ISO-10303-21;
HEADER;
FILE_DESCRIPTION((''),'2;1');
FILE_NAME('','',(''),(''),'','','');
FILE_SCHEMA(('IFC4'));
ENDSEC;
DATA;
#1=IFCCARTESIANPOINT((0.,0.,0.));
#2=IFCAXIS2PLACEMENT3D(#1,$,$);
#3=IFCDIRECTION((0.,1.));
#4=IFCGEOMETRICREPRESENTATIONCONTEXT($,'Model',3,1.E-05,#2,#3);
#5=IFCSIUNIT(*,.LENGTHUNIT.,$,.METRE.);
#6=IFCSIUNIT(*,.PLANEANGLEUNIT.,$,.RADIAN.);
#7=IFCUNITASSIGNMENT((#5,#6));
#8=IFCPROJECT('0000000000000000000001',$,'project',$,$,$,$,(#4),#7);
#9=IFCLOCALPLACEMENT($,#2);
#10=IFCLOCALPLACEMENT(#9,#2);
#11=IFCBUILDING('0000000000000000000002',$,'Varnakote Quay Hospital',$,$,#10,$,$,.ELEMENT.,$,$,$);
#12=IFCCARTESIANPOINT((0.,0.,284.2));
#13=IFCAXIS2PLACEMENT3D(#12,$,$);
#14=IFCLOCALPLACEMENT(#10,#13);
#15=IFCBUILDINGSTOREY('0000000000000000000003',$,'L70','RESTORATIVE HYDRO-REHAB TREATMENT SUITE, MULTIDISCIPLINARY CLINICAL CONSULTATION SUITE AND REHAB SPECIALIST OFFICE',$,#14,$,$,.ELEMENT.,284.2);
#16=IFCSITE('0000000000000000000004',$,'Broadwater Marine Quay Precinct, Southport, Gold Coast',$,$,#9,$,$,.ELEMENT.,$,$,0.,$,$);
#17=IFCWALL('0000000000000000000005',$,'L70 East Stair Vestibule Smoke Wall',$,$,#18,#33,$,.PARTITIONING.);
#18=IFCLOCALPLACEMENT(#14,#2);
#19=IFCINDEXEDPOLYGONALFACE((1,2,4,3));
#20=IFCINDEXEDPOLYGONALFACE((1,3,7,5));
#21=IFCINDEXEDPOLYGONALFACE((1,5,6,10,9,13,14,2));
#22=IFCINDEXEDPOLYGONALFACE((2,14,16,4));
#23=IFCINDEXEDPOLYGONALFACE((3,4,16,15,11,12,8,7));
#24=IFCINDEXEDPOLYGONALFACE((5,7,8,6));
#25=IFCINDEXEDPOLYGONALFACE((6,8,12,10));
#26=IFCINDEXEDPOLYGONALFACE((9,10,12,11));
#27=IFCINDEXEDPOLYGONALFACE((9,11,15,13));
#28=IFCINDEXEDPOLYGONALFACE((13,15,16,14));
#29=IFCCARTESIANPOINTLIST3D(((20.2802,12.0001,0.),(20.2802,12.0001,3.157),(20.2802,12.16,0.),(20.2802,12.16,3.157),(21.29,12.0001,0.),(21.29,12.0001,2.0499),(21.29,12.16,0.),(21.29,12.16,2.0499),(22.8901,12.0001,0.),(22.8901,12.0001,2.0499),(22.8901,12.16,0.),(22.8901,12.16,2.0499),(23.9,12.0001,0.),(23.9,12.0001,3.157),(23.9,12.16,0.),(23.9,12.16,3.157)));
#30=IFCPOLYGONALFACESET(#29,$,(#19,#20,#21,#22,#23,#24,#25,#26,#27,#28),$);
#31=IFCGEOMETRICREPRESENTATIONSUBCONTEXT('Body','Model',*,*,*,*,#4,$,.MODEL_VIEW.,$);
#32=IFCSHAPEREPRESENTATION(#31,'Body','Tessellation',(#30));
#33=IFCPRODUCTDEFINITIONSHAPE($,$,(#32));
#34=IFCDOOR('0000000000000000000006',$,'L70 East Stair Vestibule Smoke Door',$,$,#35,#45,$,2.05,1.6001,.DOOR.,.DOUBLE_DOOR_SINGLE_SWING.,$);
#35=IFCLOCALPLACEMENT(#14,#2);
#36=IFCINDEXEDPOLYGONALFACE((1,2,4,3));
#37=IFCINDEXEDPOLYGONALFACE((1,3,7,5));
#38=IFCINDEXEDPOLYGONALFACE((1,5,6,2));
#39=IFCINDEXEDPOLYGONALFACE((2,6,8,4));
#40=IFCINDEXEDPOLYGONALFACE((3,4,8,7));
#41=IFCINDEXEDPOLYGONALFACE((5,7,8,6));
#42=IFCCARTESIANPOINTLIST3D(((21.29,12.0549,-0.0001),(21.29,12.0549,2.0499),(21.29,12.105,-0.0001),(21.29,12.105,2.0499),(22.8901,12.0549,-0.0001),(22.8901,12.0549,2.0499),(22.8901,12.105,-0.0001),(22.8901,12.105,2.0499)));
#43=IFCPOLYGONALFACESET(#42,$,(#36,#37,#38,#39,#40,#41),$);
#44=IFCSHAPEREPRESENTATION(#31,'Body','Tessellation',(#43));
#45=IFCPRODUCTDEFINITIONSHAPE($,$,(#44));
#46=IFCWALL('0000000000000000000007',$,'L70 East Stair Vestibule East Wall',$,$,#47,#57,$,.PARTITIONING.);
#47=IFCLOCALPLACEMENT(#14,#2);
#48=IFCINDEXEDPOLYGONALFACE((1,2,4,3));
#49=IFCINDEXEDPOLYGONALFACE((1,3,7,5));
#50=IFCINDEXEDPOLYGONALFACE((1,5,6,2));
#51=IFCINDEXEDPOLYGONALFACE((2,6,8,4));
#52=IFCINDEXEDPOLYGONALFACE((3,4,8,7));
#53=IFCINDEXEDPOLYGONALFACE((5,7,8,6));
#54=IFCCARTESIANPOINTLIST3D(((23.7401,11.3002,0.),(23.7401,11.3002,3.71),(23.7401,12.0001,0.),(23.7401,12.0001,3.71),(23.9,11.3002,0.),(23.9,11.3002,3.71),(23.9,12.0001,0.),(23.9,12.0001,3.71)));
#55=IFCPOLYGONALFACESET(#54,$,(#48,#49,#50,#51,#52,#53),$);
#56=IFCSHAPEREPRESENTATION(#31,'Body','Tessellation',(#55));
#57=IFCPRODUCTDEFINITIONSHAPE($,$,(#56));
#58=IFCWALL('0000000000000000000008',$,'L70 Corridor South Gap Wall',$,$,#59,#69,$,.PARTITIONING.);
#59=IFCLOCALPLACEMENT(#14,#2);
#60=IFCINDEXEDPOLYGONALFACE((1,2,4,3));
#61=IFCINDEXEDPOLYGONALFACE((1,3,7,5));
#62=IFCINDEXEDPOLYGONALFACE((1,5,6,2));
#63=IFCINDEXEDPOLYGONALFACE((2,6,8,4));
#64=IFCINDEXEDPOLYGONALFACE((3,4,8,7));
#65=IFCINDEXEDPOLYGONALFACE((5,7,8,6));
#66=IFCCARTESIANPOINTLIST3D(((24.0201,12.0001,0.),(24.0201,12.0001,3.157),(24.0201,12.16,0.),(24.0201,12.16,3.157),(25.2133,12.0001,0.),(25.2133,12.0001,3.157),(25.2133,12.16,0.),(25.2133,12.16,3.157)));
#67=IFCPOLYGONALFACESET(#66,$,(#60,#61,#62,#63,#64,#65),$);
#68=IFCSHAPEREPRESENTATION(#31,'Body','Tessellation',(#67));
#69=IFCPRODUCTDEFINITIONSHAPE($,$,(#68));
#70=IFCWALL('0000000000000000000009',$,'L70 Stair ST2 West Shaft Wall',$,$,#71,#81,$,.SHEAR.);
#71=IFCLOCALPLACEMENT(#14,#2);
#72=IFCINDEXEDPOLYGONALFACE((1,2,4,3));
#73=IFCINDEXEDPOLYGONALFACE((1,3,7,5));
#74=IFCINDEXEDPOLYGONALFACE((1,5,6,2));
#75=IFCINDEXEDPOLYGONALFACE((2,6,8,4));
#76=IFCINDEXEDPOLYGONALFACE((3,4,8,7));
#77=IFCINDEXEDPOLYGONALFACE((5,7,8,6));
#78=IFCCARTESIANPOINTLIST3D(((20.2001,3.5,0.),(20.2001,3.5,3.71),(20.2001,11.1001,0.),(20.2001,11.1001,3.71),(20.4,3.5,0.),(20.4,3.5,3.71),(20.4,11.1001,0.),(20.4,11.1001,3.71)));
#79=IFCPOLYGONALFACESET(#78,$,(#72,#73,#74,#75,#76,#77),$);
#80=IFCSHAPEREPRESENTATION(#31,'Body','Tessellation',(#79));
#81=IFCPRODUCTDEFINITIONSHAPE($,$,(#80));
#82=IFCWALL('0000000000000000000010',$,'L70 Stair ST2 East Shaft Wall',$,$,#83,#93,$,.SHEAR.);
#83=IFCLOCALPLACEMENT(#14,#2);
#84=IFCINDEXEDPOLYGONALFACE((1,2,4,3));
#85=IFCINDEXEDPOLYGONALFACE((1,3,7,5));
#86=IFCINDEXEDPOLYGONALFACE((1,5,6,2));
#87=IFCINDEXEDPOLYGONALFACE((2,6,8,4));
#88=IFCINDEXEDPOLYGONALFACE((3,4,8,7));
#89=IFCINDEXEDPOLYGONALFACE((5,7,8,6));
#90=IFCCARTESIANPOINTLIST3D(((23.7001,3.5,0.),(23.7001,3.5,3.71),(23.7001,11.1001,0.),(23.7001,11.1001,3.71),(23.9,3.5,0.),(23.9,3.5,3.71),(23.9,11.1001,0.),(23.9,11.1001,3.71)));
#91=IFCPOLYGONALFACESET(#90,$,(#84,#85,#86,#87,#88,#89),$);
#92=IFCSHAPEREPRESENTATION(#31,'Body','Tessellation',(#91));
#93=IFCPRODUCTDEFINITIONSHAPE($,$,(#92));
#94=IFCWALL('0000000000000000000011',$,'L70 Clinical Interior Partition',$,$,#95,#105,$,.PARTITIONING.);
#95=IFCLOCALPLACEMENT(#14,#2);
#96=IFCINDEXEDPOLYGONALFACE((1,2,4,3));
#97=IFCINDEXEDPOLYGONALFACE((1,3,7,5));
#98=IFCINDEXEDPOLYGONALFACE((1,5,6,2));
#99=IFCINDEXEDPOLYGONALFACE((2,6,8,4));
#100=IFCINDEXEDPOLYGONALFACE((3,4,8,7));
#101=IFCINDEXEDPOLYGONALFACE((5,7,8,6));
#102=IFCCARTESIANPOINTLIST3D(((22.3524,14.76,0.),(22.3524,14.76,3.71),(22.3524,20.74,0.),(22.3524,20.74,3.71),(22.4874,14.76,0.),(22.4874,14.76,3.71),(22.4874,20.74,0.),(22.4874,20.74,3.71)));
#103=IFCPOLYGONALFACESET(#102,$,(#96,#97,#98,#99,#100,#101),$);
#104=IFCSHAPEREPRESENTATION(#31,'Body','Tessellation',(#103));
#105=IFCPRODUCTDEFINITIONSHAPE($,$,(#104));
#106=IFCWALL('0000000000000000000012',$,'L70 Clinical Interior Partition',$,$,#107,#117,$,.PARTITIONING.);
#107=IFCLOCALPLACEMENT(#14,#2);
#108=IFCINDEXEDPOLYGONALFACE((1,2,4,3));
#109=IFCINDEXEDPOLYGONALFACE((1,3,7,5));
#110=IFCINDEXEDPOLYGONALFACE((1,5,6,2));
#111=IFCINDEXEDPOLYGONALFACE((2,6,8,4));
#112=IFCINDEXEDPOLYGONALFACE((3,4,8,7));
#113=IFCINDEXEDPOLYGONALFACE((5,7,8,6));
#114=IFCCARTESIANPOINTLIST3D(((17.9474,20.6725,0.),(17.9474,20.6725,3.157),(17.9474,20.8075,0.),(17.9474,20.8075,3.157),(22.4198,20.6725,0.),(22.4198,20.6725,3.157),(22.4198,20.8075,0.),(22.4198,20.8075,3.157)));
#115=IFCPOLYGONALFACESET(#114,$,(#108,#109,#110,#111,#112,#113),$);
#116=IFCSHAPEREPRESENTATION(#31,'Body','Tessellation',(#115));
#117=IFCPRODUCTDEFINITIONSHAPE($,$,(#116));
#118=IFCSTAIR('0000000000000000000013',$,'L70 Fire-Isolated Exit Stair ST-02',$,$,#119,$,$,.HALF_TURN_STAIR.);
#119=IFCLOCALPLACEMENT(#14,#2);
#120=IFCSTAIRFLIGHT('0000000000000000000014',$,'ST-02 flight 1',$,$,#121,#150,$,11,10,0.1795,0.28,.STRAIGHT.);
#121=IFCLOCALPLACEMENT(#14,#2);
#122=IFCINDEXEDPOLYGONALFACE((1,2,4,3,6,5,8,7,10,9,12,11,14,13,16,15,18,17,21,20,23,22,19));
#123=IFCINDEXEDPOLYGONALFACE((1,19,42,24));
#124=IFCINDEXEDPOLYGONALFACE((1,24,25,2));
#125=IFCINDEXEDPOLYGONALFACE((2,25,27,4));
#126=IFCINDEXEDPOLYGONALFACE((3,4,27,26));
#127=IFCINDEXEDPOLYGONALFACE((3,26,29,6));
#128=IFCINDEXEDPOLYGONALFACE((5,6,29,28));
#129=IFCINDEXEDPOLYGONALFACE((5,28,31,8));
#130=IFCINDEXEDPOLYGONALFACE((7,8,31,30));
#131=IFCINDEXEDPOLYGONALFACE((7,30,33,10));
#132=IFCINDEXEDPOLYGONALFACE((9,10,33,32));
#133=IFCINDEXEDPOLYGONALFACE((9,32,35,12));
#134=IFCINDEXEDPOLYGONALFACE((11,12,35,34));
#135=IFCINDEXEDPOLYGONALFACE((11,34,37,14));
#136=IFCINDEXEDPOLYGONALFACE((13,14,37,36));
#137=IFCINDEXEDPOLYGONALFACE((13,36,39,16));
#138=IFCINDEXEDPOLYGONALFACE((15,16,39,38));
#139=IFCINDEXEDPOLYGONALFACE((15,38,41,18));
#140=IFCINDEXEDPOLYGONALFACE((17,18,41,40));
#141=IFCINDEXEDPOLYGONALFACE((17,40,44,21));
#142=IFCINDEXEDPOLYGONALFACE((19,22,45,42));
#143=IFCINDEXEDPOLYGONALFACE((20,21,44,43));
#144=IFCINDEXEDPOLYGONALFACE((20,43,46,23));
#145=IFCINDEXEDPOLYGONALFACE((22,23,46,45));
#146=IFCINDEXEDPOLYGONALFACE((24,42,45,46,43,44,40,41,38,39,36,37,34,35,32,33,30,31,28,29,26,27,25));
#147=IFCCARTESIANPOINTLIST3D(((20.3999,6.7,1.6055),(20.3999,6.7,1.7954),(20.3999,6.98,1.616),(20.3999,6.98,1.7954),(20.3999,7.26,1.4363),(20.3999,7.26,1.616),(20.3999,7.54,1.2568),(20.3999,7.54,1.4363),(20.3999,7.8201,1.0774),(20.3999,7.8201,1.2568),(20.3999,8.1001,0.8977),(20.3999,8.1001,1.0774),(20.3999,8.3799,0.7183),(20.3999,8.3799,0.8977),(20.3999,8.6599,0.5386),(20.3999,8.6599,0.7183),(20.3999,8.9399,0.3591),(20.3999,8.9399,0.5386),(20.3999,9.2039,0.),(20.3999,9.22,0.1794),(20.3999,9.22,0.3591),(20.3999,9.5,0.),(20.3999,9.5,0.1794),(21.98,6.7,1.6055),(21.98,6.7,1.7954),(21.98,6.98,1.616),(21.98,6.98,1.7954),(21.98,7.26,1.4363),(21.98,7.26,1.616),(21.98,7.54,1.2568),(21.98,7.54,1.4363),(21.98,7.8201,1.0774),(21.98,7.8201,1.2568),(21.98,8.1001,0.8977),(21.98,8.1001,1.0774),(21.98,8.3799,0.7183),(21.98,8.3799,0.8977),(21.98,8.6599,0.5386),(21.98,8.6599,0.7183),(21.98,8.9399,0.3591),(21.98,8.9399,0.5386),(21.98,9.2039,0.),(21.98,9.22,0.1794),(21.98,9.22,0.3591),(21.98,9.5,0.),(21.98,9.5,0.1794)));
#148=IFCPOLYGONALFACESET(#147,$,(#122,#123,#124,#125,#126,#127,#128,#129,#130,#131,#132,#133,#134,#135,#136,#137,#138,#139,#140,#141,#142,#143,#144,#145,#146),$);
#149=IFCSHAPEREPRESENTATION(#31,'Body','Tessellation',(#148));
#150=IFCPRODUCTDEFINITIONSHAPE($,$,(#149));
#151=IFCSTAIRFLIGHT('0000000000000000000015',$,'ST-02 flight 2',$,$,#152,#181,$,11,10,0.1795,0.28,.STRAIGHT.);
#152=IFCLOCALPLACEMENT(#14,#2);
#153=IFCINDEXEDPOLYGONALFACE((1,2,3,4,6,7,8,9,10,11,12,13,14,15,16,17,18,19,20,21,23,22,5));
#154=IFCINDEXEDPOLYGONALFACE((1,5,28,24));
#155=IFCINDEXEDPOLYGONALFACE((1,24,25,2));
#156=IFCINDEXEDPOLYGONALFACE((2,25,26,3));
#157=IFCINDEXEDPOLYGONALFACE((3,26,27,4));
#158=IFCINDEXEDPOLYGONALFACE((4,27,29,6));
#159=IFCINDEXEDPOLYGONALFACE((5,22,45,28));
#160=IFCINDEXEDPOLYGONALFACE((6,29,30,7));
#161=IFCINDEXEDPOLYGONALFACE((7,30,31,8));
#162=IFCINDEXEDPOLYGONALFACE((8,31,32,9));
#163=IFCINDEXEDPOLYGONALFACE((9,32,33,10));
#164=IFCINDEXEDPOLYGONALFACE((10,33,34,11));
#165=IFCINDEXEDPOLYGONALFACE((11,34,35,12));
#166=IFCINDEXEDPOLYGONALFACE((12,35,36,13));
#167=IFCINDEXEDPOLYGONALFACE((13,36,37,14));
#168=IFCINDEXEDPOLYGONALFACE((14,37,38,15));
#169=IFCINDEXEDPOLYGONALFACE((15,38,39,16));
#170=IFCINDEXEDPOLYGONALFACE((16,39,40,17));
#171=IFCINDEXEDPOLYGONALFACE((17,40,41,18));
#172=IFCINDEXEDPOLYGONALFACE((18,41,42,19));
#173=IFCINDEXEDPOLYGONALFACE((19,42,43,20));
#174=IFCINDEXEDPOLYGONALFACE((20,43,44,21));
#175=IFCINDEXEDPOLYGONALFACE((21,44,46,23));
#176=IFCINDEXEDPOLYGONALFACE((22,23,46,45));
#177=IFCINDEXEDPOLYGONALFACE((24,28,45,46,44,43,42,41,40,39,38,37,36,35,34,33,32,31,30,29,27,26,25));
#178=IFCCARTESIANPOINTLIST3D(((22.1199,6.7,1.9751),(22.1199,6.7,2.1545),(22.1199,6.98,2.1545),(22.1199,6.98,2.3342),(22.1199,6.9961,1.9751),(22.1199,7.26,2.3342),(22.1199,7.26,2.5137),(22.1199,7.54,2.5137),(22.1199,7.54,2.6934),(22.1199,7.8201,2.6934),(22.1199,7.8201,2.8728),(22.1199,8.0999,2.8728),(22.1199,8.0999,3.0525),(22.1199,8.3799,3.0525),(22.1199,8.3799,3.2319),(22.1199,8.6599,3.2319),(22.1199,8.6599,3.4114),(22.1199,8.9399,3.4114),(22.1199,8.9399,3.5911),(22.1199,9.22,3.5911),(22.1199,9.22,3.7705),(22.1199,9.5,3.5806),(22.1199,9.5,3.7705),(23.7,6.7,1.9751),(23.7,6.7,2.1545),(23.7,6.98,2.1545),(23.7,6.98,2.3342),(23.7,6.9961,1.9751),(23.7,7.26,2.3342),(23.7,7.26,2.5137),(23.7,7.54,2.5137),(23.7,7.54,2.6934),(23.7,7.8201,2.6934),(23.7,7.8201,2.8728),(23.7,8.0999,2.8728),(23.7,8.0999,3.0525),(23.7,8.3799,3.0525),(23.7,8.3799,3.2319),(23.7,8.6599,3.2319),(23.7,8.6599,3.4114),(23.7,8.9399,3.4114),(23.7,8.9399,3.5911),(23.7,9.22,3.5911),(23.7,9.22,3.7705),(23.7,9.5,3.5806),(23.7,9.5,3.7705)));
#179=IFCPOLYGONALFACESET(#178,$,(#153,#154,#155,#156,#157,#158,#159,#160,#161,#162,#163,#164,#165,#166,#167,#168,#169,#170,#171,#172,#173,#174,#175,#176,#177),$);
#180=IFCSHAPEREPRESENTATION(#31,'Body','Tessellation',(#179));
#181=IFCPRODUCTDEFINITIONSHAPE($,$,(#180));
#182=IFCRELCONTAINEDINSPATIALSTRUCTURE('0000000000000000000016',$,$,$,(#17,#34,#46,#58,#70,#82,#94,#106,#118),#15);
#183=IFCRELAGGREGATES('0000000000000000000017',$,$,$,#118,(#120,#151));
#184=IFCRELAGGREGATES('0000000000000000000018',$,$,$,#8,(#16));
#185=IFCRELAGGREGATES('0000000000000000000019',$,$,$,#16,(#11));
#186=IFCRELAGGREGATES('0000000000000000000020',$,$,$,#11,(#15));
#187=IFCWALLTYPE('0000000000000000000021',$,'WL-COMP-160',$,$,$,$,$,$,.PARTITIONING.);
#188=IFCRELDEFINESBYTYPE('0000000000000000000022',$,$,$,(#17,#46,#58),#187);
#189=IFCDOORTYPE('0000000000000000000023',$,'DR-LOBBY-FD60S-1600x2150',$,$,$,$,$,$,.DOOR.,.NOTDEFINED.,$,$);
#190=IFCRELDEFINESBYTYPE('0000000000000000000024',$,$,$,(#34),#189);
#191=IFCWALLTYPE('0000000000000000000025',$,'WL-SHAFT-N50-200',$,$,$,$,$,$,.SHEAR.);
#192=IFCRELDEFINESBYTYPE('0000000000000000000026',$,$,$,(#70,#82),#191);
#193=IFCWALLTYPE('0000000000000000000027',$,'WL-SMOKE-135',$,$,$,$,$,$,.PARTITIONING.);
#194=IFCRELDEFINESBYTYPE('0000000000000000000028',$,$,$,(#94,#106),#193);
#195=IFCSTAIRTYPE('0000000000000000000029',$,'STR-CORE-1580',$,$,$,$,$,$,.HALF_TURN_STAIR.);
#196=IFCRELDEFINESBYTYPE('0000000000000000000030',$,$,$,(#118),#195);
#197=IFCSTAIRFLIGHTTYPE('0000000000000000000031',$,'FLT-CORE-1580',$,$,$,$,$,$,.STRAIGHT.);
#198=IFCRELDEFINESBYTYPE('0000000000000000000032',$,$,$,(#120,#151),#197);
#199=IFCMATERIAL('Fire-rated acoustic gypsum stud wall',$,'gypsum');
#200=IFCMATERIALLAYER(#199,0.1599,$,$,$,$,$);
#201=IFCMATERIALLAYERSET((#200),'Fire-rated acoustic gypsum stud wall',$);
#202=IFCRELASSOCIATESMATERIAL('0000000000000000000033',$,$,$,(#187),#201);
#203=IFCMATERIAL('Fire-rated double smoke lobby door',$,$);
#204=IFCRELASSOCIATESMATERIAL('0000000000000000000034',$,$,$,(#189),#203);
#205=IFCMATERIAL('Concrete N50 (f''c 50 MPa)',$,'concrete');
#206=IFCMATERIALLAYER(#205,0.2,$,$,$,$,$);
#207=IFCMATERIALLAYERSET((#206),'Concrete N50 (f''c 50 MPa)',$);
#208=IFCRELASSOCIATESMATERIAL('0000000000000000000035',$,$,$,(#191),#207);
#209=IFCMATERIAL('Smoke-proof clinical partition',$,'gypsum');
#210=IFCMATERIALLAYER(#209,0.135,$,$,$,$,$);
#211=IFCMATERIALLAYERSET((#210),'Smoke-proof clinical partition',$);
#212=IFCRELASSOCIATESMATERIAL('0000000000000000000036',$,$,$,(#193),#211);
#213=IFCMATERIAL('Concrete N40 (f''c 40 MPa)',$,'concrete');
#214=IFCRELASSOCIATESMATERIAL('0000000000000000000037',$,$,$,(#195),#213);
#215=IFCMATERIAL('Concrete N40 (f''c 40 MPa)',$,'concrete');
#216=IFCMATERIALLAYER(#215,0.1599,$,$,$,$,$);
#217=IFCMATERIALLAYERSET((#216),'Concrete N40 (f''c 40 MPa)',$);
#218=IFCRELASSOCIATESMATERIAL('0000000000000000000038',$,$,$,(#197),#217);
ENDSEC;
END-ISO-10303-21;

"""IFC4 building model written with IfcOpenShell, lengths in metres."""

from ifc_helpers import new_model, si_unit, direction, frame, frame_2d, origin, place, context, subcontext, project, spatial, polyline, rectangle, outline, extrude, material, layer, layer_set, type_object, element, fill, aggregate, save


model = new_model("IFC4")

# Units and contexts
model_context = context("Model", 3, precision=1e-05, world=origin(), true_north=direction((0.0, 1.0)))
body_context = subcontext(model_context, "Body", "Model", "MODEL_VIEW")
ifc_project = project(units=[si_unit("LENGTHUNIT", "METRE"), si_unit("PLANEANGLEUNIT", "RADIAN")], contexts=[model_context])

# Site, building, storey
site_placement = place(None, origin())
site = spatial("IfcSite", under=ifc_project, at=site_placement, Name="Broadwater Marine Quay Precinct, Southport, Gold Coast", CompositionType="ELEMENT", RefElevation=0.0)
building_placement = place(site_placement, origin())
building = spatial("IfcBuilding", under=site, at=building_placement, Name="Varnakote Quay Hospital", CompositionType="ELEMENT")
storey_placement = place(building_placement, frame((0.0, 0.0, 284.2)))
storey = spatial("IfcBuildingStorey", under=building, at=storey_placement, Name="L70", Description="RESTORATIVE HYDRO-REHAB TREATMENT SUITE, MULTIDISCIPLINARY CLINICAL CONSULTATION SUITE AND REHAB SPECIALIST OFFICE", CompositionType="ELEMENT", Elevation=284.2)

# Shared definitions
ifc_material_1 = material(Name="Fire-rated acoustic gypsum stud wall", Category="gypsum")
ifc_layer_1 = layer(ifc_material_1, 0.1599)
ifc_layer_set_1 = layer_set([ifc_layer_1], Name="Fire-rated acoustic gypsum stud wall")
wall_type_1 = type_object("IfcWallType", Name="WL-COMP-160", PredefinedType="PARTITIONING", material=ifc_layer_set_1)

# Wall, opening, door
wall_1_placement = place(storey_placement, frame((20.28, 12.0801, 0.0), z_axis=(0.0, 0.0, 1.0), x_axis=(1.0, 0.0, 0.0)))
wall_1 = element("IfcWall", 1, at=wall_1_placement, inside=storey, type_object=wall_type_1, Name="L70 East Stair Vestibule Smoke Wall", PredefinedType="PARTITIONING", context=body_context, shape_type="SweptSolid", body=[
    extrude(rectangle(XDim=3.6199, YDim=0.1599, at=frame_2d((1.8101, 0.0))), origin(), (0.0, 0.0, 1.0), 3.157),
])
opening_1_placement = place(wall_1_placement, frame((1.01, 0.0, 0.0)))
opening_1 = element("IfcOpeningElement", 2, at=opening_1_placement, cuts=wall_1, PredefinedType="OPENING", context=body_context, shape_type="SweptSolid", body=[
    extrude(rectangle(XDim=1.6001, YDim=2.05, at=frame_2d((0.8, 1.0249))), frame((0.0, 0.0898, 0.0), z_axis=(0.0, -1.0, 0.0), x_axis=(1.0, 0.0, 0.0)), (0.0, 0.0, 1.0), 0.1799),
])
ifc_material_2 = material(Name="Fire-rated double smoke lobby door")
door_type_1 = type_object("IfcDoorType", Name="DR-LOBBY-FD60S-1600x2150", OperationType="NOTDEFINED", PredefinedType="DOOR", material=ifc_material_2)
door_1_placement = place(opening_1_placement, origin())
door_1 = element("IfcDoor", 3, at=door_1_placement, inside=storey, type_object=door_type_1, Name="L70 East Stair Vestibule Smoke Door", OperationType="DOUBLE_DOOR_SINGLE_SWING", OverallHeight=2.05, OverallWidth=1.6001, PredefinedType="DOOR", context=body_context, shape_type="SweptSolid", body=[
    extrude(rectangle(XDim=1.6001, YDim=2.05, at=frame_2d((0.8, 1.0249))), frame((0.0, 0.0249, 0.0), z_axis=(0.0, -1.0, 0.0), x_axis=(1.0, 0.0, 0.0)), (0.0, 0.0, 1.0), 0.05),
])
fill(opening_1, door_1)

# Walls
wall_2_placement = place(storey_placement, frame((23.8201, 11.3, 0.0), z_axis=(0.0, 0.0, 1.0), x_axis=(0.0, 1.0, 0.0)))
element("IfcWall", 4, at=wall_2_placement, inside=storey, type_object=wall_type_1, Name="L70 East Stair Vestibule East Wall", PredefinedType="PARTITIONING", context=body_context, shape_type="SweptSolid", body=[
    extrude(rectangle(XDim=0.7, YDim=0.1599, at=frame_2d((0.3501, 0.0))), origin(), (0.0, 0.0, 1.0), 3.71),
])
wall_3_placement = place(storey_placement, frame((24.02, 12.0801, 0.0), z_axis=(0.0, 0.0, 1.0), x_axis=(1.0, 0.0, 0.0)))
element("IfcWall", 5, at=wall_3_placement, inside=storey, type_object=wall_type_1, Name="L70 Corridor South Gap Wall", PredefinedType="PARTITIONING", context=body_context, shape_type="SweptSolid", body=[
    extrude(rectangle(XDim=1.1931, YDim=0.1599, at=frame_2d((0.5967, 0.0))), origin(), (0.0, 0.0, 1.0), 3.157),
])
ifc_material_3 = material(Name="Concrete N50 (f'c 50 MPa)", Category="concrete")
ifc_layer_2 = layer(ifc_material_3, 0.2)
ifc_layer_set_2 = layer_set([ifc_layer_2], Name="Concrete N50 (f'c 50 MPa)")
wall_type_2 = type_object("IfcWallType", Name="WL-SHAFT-N50-200", PredefinedType="SHEAR", material=ifc_layer_set_2)
for number, where, z_axis, x_axis, name in (
    (6, (20.3, 3.5, 0.0), (0.0, 0.0, 1.0), (0.0, 1.0, 0.0), "L70 Stair ST2 West Shaft Wall"),
    (7, (23.8, 3.5, 0.0), (0.0, 0.0, 1.0), (0.0, 1.0, 0.0), "L70 Stair ST2 East Shaft Wall"),
):
    element("IfcWall", number, at=place(storey_placement, frame(where, z_axis=z_axis, x_axis=x_axis)), inside=storey, type_object=wall_type_2, Name=name, PredefinedType="SHEAR", context=body_context, shape_type="SweptSolid", body=[
        extrude(rectangle(XDim=7.6001, YDim=0.2, at=frame_2d((3.8, 0.0))), origin(), (0.0, 0.0, 1.0), 3.71),
    ])
ifc_material_4 = material(Name="Smoke-proof clinical partition", Category="gypsum")
ifc_layer_3 = layer(ifc_material_4, 0.135)
ifc_layer_set_3 = layer_set([ifc_layer_3], Name="Smoke-proof clinical partition")
wall_type_3 = type_object("IfcWallType", Name="WL-SMOKE-135", PredefinedType="PARTITIONING", material=ifc_layer_set_3)
wall_4_placement = place(storey_placement, frame((22.4199, 14.76, 0.0), z_axis=(0.0, 0.0, 1.0), x_axis=(0.0, 1.0, 0.0)))
element("IfcWall", 8, at=wall_4_placement, inside=storey, type_object=wall_type_3, Name="L70 Clinical Interior Partition", PredefinedType="PARTITIONING", context=body_context, shape_type="SweptSolid", body=[
    extrude(rectangle(XDim=5.98, YDim=0.135, at=frame_2d((2.99, 0.0))), origin(), (0.0, 0.0, 1.0), 3.71),
])
wall_5_placement = place(storey_placement, frame((22.4199, 20.74, 0.0), z_axis=(0.0, 0.0, 1.0), x_axis=(-1.0, 0.0, 0.0)))
element("IfcWall", 9, at=wall_5_placement, inside=storey, type_object=wall_type_3, Name="L70 Clinical Interior Partition", PredefinedType="PARTITIONING", context=body_context, shape_type="SweptSolid", body=[
    extrude(rectangle(XDim=4.4724, YDim=0.135, at=frame_2d((2.2363, 0.0))), origin(), (0.0, 0.0, 1.0), 3.157),
])

# Stair, stair flights
ifc_material_5 = material(Name="Concrete N40 (f'c 40 MPa)", Category="concrete")
stair_type = type_object("IfcStairType", Name="STR-CORE-1580", PredefinedType="HALF_TURN_STAIR", material=ifc_material_5)
stair_placement = place(storey_placement, origin())
stair = element("IfcStair", 10, at=stair_placement, inside=storey, type_object=stair_type, Name="L70 Fire-Isolated Exit Stair ST-02", PredefinedType="HALF_TURN_STAIR")
ifc_material_6 = material(Name="Concrete N40 (f'c 40 MPa)", Category="concrete")
ifc_layer_4 = layer(ifc_material_6, 0.1599)
ifc_layer_set_4 = layer_set([ifc_layer_4], Name="Concrete N40 (f'c 40 MPa)")
stair_flight_type = type_object("IfcStairFlightType", Name="FLT-CORE-1580", PredefinedType="STRAIGHT", material=ifc_layer_set_4)
stair_flight_1_placement = place(storey_placement, frame((21.1899, 9.5, 0.0), z_axis=(0.0, 0.0, 1.0), x_axis=(0.0, -1.0, 0.0)))
stair_flight_1 = element("IfcStairFlight", 11, at=stair_flight_1_placement, type_object=stair_flight_type, Name="ST-02 flight 1", NumberOfRisers=11, NumberOfTreads=10, PredefinedType="STRAIGHT", RiserHeight=0.1795, TreadLength=0.28, context=body_context, shape_type="SweptSolid", body=[
    extrude(outline(polyline([(0.0, 0.0), (0.0, 0.1794), (0.28, 0.1794), (0.28, 0.3591), (0.5601, 0.3591), (0.5601, 0.5386), (0.8401, 0.5386), (0.8401, 0.7183), (1.1201, 0.7183), (1.1201, 0.8977), (1.3999, 0.8977), (1.3999, 1.0774), (1.6799, 1.0774), (1.6799, 1.2568), (1.96, 1.2568), (1.96, 1.4363), (2.24, 1.4363), (2.24, 1.616), (2.52, 1.616), (2.52, 1.7954), (2.8, 1.7954), (2.8, 1.9751), (2.8, 1.6055), (0.2961, 0.0), (0.0, 0.0)])), frame((0.0, 0.79, 0.0), z_axis=(0.0, -1.0, 0.0), x_axis=(1.0, 0.0, 0.0)), (0.0, 0.0, 1.0), 1.5801),
])
stair_flight_2_placement = place(storey_placement, frame((22.9099, 6.7, 1.9751), z_axis=(0.0, 0.0, 1.0), x_axis=(0.0, 1.0, 0.0)))
stair_flight_2 = element("IfcStairFlight", 12, at=stair_flight_2_placement, type_object=stair_flight_type, Name="ST-02 flight 2", NumberOfRisers=11, NumberOfTreads=10, PredefinedType="STRAIGHT", RiserHeight=0.1795, TreadLength=0.28, context=body_context, shape_type="SweptSolid", body=[
    extrude(outline(polyline([(0.0, 0.0), (0.0, 0.1794), (0.28, 0.1794), (0.28, 0.3591), (0.5601, 0.3591), (0.5601, 0.5386), (0.8401, 0.5386), (0.8401, 0.7183), (1.1201, 0.7183), (1.1201, 0.8977), (1.3999, 0.8977), (1.3999, 1.0774), (1.6799, 1.0774), (1.6799, 1.2568), (1.96, 1.2568), (1.96, 1.4363), (2.24, 1.4363), (2.24, 1.616), (2.52, 1.616), (2.52, 1.7954), (2.8, 1.7954), (2.8, 1.9751), (2.8, 1.6055), (0.2961, 0.0), (0.0, 0.0)])), frame((0.0, 0.79, 0.0), z_axis=(0.0, -1.0, 0.0), x_axis=(1.0, 0.0, 0.0)), (0.0, 0.0, 1.0), 1.5801),
])
aggregate(stair, [stair_flight_1, stair_flight_2])

save(model, "model.ifc")
